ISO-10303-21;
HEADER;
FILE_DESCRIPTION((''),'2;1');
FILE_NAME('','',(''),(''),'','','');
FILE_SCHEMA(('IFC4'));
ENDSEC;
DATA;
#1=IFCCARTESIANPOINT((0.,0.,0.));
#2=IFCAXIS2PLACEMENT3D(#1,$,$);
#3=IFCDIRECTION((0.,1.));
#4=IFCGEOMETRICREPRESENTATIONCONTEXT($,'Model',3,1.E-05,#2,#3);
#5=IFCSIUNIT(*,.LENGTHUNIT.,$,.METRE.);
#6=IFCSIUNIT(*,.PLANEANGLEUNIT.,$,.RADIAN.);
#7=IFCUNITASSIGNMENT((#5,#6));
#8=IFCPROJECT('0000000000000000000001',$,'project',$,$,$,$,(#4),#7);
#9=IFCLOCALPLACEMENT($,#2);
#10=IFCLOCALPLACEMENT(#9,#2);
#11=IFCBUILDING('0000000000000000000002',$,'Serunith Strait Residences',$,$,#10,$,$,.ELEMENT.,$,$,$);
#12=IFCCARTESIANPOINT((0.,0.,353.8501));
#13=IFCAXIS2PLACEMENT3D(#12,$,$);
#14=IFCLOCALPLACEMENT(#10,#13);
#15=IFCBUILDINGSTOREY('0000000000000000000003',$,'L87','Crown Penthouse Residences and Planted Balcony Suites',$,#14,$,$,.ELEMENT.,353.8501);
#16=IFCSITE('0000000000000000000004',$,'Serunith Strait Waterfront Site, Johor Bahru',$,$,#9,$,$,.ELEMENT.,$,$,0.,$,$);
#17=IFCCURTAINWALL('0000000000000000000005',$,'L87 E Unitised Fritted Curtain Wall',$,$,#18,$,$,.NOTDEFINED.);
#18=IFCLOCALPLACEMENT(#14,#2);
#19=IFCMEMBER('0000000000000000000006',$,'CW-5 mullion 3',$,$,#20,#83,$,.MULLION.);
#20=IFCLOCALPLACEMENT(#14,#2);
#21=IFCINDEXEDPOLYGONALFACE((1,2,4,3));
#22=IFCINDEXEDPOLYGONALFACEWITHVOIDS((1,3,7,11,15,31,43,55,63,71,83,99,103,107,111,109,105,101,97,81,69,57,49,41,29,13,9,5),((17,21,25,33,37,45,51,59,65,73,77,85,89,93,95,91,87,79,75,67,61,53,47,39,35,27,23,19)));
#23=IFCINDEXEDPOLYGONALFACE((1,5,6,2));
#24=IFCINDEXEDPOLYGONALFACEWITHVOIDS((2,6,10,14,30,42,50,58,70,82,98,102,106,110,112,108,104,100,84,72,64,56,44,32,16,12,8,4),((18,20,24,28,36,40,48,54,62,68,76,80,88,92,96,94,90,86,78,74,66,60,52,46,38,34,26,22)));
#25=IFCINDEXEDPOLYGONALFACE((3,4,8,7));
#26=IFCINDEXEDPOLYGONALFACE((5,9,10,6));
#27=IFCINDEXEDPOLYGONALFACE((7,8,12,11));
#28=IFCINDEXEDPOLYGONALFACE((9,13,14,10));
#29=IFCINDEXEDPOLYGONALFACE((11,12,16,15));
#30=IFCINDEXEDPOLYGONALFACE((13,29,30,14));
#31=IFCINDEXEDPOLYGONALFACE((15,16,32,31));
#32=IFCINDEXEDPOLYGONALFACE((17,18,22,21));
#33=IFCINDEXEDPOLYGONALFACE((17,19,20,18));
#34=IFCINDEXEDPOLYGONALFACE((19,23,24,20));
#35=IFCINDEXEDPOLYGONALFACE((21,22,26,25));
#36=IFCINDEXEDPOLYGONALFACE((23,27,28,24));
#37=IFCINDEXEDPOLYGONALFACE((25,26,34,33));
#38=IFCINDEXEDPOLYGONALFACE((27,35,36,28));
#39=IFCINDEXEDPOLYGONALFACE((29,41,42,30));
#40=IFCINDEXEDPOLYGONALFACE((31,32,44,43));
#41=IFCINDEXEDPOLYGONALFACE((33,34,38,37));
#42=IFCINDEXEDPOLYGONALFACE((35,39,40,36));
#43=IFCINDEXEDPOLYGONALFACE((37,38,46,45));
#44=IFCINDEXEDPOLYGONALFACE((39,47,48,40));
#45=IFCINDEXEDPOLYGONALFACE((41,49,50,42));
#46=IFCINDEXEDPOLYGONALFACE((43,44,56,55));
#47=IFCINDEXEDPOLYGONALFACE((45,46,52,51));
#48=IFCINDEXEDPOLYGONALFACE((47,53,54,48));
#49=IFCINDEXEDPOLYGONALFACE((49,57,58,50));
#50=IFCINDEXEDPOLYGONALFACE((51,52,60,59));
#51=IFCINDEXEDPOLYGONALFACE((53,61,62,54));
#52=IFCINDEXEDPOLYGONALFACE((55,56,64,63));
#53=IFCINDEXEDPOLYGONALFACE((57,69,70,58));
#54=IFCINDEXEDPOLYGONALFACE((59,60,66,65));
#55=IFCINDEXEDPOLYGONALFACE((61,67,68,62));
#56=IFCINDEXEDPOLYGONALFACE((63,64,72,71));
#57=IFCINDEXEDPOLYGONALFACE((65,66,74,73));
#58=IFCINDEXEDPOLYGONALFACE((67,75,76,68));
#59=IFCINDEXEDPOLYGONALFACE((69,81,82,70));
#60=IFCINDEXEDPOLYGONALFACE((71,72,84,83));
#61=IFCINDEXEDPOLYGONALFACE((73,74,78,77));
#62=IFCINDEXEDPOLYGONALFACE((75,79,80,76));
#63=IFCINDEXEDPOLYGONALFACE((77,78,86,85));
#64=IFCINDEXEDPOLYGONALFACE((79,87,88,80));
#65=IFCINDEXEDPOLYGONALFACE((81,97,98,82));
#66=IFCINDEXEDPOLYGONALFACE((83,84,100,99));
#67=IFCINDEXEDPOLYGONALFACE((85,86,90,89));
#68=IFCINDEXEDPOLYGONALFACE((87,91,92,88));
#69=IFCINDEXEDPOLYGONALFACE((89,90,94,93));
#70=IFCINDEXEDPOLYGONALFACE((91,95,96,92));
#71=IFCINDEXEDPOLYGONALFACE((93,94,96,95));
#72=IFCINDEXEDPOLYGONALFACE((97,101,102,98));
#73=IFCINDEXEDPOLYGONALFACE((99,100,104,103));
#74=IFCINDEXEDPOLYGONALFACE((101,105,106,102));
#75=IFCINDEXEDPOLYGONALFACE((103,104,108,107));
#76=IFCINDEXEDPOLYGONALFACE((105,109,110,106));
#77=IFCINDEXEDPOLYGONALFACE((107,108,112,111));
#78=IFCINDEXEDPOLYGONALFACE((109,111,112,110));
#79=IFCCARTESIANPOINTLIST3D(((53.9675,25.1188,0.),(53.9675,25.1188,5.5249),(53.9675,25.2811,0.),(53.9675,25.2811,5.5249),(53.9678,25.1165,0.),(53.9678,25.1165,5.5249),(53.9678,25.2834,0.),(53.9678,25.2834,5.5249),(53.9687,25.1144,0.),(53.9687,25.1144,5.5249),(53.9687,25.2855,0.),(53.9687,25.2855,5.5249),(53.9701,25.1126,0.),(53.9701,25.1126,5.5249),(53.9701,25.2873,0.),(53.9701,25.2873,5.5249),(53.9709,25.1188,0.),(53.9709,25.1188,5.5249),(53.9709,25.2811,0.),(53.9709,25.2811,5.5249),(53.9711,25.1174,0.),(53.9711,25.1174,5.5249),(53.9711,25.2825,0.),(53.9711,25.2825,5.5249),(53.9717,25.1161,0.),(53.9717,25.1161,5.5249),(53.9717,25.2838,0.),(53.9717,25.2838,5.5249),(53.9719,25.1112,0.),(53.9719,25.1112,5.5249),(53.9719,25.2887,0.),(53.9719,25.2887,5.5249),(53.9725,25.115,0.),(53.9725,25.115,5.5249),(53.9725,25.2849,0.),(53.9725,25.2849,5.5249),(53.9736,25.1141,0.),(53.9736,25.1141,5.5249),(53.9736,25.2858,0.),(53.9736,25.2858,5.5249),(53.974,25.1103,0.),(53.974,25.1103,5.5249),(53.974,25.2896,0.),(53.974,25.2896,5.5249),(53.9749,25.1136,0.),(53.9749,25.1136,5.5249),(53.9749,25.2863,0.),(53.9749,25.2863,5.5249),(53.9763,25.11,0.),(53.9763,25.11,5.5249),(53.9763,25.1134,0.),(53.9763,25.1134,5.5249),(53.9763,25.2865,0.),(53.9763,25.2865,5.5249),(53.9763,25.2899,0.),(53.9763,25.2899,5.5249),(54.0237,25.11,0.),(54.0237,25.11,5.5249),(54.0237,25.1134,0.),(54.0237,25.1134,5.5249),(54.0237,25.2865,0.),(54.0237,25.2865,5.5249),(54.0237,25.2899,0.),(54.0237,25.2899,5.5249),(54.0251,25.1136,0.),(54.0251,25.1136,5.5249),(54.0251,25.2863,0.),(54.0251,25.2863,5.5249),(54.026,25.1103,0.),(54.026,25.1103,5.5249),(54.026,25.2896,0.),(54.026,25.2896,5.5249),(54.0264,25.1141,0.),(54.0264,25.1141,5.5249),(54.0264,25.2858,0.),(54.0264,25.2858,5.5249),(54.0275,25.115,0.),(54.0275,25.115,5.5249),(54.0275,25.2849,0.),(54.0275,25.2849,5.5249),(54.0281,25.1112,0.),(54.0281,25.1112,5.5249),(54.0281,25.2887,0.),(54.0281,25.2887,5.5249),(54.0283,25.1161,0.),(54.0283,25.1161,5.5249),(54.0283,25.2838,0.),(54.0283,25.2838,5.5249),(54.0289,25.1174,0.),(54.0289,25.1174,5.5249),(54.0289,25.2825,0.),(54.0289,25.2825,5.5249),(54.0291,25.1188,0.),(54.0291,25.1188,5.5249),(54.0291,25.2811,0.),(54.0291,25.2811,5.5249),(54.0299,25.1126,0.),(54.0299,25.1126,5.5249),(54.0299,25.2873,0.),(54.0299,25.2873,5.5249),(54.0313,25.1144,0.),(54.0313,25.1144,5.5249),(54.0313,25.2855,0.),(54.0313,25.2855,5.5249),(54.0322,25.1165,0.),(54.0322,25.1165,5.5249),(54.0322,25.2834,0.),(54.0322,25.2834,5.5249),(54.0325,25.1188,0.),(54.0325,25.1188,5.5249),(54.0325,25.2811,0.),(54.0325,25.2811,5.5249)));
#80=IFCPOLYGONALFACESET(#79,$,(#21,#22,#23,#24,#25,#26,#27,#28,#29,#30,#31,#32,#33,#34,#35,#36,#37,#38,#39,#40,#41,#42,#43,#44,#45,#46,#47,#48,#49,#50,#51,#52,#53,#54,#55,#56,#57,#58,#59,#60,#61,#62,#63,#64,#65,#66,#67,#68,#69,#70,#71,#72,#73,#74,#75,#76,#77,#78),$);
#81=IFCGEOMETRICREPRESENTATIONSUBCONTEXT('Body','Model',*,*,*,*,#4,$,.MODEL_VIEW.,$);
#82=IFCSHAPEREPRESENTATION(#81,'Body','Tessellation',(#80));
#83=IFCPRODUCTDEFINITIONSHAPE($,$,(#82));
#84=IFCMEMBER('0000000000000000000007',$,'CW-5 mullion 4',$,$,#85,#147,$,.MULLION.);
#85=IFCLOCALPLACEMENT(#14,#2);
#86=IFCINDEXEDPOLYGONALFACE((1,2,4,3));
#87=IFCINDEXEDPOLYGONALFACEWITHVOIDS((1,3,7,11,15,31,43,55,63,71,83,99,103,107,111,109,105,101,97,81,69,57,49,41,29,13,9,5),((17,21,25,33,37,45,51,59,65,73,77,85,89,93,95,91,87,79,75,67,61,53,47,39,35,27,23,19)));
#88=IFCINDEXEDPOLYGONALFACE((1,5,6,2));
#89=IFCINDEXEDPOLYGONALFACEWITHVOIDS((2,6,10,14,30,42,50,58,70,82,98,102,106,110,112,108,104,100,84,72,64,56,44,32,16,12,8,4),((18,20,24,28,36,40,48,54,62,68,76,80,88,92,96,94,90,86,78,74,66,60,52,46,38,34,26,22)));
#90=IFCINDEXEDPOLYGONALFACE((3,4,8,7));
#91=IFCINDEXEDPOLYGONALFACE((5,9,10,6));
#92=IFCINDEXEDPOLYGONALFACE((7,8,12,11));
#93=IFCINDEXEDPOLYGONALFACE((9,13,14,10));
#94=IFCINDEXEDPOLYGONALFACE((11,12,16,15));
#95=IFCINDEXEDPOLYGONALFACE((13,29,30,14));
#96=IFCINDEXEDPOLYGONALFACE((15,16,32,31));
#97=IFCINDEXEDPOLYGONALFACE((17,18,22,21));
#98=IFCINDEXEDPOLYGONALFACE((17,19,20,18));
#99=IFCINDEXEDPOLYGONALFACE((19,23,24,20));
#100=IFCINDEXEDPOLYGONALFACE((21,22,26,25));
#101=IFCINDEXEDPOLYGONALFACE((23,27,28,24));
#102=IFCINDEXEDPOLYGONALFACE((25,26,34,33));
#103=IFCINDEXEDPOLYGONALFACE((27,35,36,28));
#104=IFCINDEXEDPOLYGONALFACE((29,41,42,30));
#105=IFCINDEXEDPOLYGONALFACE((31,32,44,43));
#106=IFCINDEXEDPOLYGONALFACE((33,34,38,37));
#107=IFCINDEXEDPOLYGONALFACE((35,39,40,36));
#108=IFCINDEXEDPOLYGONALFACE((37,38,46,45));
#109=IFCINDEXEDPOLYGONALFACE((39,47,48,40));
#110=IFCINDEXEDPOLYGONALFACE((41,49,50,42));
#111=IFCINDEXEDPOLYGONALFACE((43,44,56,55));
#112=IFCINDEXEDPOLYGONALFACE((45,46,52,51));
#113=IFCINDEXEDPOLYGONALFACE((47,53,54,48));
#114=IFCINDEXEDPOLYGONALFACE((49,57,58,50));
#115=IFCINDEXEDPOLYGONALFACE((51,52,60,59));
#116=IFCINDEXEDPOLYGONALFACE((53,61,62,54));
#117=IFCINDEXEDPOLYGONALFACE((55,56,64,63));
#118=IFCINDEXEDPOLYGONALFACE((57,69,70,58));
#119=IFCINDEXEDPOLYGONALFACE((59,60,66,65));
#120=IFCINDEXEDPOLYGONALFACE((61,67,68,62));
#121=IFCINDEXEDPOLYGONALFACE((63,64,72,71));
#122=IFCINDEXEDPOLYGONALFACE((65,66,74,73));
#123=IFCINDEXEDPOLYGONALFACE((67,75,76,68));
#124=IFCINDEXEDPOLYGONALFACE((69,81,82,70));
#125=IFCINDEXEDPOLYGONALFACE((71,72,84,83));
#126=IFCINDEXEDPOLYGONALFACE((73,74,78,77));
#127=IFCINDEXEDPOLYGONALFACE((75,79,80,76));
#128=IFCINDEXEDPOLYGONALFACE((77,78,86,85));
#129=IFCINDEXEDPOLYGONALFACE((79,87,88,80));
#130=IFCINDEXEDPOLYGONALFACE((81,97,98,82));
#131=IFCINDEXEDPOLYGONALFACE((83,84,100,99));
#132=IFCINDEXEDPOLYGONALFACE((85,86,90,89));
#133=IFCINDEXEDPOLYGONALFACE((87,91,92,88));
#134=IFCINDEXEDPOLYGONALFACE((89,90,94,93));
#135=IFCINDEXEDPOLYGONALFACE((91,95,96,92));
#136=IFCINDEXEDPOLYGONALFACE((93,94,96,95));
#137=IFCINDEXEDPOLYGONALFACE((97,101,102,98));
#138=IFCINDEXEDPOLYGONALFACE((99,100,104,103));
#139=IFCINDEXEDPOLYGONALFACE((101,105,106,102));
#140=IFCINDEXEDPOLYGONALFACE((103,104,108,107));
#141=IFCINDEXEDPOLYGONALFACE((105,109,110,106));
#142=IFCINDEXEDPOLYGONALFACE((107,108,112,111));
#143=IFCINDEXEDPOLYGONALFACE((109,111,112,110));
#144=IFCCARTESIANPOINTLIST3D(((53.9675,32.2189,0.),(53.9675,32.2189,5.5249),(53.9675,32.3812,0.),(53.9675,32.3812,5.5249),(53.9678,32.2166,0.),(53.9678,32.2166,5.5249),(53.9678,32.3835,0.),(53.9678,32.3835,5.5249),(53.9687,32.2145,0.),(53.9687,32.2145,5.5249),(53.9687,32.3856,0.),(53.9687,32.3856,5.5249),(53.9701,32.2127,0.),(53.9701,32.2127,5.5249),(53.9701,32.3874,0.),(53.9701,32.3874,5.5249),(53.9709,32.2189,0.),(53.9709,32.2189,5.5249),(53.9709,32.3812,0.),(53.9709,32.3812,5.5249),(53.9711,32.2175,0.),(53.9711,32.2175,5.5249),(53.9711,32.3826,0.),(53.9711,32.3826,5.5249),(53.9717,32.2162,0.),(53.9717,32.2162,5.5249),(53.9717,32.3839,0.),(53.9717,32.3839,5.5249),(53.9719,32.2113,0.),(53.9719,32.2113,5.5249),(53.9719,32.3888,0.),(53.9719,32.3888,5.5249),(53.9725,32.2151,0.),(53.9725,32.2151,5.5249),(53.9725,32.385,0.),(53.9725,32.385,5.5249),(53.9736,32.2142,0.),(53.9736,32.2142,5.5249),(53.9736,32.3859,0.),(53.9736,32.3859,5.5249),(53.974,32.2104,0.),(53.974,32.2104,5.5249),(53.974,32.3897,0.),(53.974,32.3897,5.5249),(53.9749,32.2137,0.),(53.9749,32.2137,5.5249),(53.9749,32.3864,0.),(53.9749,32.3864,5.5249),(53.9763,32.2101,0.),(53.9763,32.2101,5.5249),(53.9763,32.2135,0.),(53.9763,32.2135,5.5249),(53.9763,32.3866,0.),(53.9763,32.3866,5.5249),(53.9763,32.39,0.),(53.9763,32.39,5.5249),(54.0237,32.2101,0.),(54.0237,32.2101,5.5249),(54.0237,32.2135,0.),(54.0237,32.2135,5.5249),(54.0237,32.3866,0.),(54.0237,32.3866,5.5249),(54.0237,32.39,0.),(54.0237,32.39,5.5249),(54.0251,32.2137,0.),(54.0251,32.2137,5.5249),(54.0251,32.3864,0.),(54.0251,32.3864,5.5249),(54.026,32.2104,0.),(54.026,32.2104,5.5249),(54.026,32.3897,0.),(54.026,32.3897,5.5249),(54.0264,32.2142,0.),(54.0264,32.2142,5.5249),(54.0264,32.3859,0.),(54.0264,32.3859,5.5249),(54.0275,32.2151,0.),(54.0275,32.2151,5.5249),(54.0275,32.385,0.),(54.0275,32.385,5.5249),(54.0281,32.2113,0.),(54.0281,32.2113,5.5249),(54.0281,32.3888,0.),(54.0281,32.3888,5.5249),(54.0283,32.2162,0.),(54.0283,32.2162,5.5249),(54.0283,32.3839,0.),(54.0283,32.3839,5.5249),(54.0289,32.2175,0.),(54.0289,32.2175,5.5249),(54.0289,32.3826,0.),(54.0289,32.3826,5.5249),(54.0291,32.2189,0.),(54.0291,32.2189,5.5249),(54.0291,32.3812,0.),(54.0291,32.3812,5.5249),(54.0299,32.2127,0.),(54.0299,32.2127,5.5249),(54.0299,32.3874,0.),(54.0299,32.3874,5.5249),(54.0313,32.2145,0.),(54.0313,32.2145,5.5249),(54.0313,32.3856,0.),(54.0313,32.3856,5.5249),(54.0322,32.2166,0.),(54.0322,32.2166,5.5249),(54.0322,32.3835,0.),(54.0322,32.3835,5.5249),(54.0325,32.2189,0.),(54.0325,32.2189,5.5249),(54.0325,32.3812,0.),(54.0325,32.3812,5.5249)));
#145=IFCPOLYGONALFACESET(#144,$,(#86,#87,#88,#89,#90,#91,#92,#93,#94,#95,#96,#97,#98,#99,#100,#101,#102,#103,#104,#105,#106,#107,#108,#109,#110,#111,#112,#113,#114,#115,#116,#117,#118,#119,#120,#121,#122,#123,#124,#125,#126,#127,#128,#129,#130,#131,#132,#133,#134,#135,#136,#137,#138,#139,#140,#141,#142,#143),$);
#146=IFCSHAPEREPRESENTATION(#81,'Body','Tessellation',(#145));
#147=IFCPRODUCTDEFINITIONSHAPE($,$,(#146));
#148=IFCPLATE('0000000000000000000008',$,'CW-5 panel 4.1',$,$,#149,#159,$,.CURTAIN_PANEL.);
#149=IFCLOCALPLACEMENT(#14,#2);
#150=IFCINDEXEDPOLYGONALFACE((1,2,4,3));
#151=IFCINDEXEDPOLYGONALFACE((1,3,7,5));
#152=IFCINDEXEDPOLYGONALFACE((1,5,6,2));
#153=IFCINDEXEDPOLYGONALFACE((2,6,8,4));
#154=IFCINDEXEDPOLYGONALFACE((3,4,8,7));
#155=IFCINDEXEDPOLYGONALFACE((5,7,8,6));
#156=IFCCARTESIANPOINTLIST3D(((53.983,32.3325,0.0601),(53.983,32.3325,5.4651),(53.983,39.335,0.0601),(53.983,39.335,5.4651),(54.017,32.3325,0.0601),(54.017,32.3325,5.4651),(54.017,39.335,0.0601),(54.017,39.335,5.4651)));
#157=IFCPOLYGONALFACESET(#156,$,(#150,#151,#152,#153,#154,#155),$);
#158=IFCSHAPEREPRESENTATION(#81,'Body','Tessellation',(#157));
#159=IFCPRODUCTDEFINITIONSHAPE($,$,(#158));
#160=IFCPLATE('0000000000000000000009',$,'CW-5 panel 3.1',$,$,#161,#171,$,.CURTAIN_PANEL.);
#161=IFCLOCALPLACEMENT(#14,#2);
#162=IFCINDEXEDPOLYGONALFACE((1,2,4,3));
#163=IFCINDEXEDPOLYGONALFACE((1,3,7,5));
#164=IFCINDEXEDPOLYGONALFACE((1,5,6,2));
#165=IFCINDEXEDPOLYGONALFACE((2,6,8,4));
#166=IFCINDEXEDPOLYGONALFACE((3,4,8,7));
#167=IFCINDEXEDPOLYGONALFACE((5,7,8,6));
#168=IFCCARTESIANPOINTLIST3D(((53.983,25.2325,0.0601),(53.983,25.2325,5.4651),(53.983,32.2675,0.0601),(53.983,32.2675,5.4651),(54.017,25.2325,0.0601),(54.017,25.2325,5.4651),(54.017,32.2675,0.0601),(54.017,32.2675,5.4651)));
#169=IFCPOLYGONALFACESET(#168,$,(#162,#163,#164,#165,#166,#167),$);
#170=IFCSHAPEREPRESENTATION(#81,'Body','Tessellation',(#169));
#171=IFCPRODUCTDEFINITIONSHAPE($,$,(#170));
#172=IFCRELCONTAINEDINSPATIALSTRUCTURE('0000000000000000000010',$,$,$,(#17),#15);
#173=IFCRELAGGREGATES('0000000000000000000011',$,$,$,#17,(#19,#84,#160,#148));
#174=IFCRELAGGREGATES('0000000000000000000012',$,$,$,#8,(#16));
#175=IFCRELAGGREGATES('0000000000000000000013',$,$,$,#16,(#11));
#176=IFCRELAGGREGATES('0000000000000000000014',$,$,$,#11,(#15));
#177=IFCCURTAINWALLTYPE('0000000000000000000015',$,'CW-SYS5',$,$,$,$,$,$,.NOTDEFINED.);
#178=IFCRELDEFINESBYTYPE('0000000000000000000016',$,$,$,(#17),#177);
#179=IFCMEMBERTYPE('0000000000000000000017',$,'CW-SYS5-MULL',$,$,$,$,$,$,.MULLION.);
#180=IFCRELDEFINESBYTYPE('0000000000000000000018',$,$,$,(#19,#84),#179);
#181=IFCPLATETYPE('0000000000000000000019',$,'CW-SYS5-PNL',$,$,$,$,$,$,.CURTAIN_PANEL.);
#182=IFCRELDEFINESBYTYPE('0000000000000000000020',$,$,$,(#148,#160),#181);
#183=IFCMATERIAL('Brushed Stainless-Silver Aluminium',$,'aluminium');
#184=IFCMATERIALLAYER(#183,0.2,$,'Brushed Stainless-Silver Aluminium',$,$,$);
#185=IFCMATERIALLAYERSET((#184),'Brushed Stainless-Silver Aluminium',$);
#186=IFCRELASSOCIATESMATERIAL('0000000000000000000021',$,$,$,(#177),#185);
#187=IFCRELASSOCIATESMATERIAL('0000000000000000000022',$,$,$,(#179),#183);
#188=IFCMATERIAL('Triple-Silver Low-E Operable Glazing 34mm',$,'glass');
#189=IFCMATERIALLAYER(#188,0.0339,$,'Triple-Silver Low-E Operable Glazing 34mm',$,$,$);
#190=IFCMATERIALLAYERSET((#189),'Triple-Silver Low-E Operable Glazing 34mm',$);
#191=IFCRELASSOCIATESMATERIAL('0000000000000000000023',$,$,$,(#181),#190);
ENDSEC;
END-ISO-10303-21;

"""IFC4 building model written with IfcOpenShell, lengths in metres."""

from ifc_helpers import new_model, si_unit, direction, frame, origin, origin_2d, place, context, subcontext, project, spatial, rectangle, hollow_rectangle, extrude, source, transform, mapped, material, layer, layer_set, material_profile, profile_set, type_object, element, aggregate, save


model = new_model("IFC4")

# Units and contexts
model_context = context("Model", 3, precision=1e-05, world=origin(), true_north=direction((0.0, 1.0)))
body_context = subcontext(model_context, "Body", "Model", "MODEL_VIEW")
ifc_project = project(units=[si_unit("LENGTHUNIT", "METRE"), si_unit("PLANEANGLEUNIT", "RADIAN")], contexts=[model_context])

# Site, building, storey
site_placement = place(None, origin())
site = spatial("IfcSite", under=ifc_project, at=site_placement, Name="Serunith Strait Waterfront Site, Johor Bahru", CompositionType="ELEMENT", RefElevation=0.0)
building_placement = place(site_placement, origin())
building = spatial("IfcBuilding", under=site, at=building_placement, Name="Serunith Strait Residences", CompositionType="ELEMENT")
storey_placement = place(building_placement, frame((0.0, 0.0, 353.8501)))
storey = spatial("IfcBuildingStorey", under=building, at=storey_placement, Name="L87", Description="Crown Penthouse Residences and Planted Balcony Suites", CompositionType="ELEMENT", Elevation=353.8501)

# Curtain wall, members, plates
ifc_material_1 = material(Name="Brushed Stainless-Silver Aluminium", Category="aluminium")
ifc_layer_1 = layer(ifc_material_1, 0.2, Name="Brushed Stainless-Silver Aluminium")
ifc_layer_set_1 = layer_set([ifc_layer_1], Name="Brushed Stainless-Silver Aluminium")
curtain_wall_type = type_object("IfcCurtainWallType", Name="CW-SYS5", PredefinedType="NOTDEFINED", material=ifc_layer_set_1)
curtain_wall_placement = place(storey_placement, origin())
curtain_wall = element("IfcCurtainWall", 1, at=curtain_wall_placement, inside=storey, type_object=curtain_wall_type, Name="L87 E Unitised Fritted Curtain Wall", PredefinedType="NOTDEFINED")
ifc_material_profile_1 = material_profile(ifc_material_1, hollow_rectangle(XDim=0.0649, YDim=0.1799, WallThickness=0.0034, InnerFilletRadius=0.0054, OuterFilletRadius=0.0088, at=origin_2d()), Name="ALU 180x65x3.5")
ifc_profile_set_1 = profile_set([ifc_material_profile_1], Name="Brushed Stainless-Silver Aluminium")
member_type_1 = type_object("IfcMemberType", Name="CW-SYS5-MULL", PredefinedType="MULLION", material=ifc_profile_set_1)
shared_shape_1 = source(origin(), body_context, "Body", "SweptSolid", [
    extrude(hollow_rectangle(XDim=0.0649, YDim=0.1799, WallThickness=0.0034, InnerFilletRadius=0.0054, OuterFilletRadius=0.0088, at=origin_2d()), origin(), (0.0, 0.0, 1.0), 5.5249),
])
member_1_placement = place(storey_placement, frame((54.0, 25.2, 0.0), z_axis=(0.0, 0.0, 1.0), x_axis=(-1.0, 0.0, 0.0)))
member_1 = element("IfcMember", 2, at=member_1_placement, type_object=member_type_1, Name="CW-5 mullion 3", PredefinedType="MULLION", context=body_context, shape_type="MappedRepresentation", body=[
    mapped(shared_shape_1, transform((0.0, 0.0, 0.0), scale=1.0)),
])
member_2_placement = place(storey_placement, frame((54.0, 32.3, 0.0), z_axis=(0.0, 0.0, 1.0), x_axis=(-1.0, 0.0, 0.0)))
member_2 = element("IfcMember", 3, at=member_2_placement, type_object=member_type_1, Name="CW-5 mullion 4", PredefinedType="MULLION", context=body_context, shape_type="MappedRepresentation", body=[
    mapped(shared_shape_1, transform((0.0, 0.0, 0.0), scale=1.0)),
])
ifc_material_2 = material(Name="Triple-Silver Low-E Operable Glazing 34mm", Category="glass")
ifc_layer_2 = layer(ifc_material_2, 0.0339, Name="Triple-Silver Low-E Operable Glazing 34mm")
ifc_layer_set_2 = layer_set([ifc_layer_2], Name="Triple-Silver Low-E Operable Glazing 34mm")
plate_type = type_object("IfcPlateType", Name="CW-SYS5-PNL", PredefinedType="CURTAIN_PANEL", material=ifc_layer_set_2)
shared_shape_2 = source(origin(), body_context, "Body", "SweptSolid", [
    extrude(rectangle(XDim=7.0024, YDim=0.0339, at=origin_2d()), origin(), (0.0, 0.0, 1.0), 5.405),
])
plate_1_placement = place(storey_placement, frame((54.0, 35.8337, 0.0601), z_axis=(0.0, 0.0, 1.0), x_axis=(0.0, 1.0, 0.0)))
plate_1 = element("IfcPlate", 4, at=plate_1_placement, type_object=plate_type, Name="CW-5 panel 4.1", PredefinedType="CURTAIN_PANEL", context=body_context, shape_type="MappedRepresentation", body=[
    mapped(shared_shape_2, transform((0.0, 0.0, 0.0), scale=1.0)),
])
shared_shape_3 = source(origin(), body_context, "Body", "SweptSolid", [
    extrude(rectangle(XDim=7.0349, YDim=0.0339, at=origin_2d()), origin(), (0.0, 0.0, 1.0), 5.405),
])
plate_2_placement = place(storey_placement, frame((54.0, 28.75, 0.0601), z_axis=(0.0, 0.0, 1.0), x_axis=(0.0, 1.0, 0.0)))
plate_2 = element("IfcPlate", 5, at=plate_2_placement, type_object=plate_type, Name="CW-5 panel 3.1", PredefinedType="CURTAIN_PANEL", context=body_context, shape_type="MappedRepresentation", body=[
    mapped(shared_shape_3, transform((0.0, 0.0, 0.0), scale=1.0)),
])
aggregate(curtain_wall, [member_1, member_2, plate_2, plate_1])

save(model, "model.ifc")
